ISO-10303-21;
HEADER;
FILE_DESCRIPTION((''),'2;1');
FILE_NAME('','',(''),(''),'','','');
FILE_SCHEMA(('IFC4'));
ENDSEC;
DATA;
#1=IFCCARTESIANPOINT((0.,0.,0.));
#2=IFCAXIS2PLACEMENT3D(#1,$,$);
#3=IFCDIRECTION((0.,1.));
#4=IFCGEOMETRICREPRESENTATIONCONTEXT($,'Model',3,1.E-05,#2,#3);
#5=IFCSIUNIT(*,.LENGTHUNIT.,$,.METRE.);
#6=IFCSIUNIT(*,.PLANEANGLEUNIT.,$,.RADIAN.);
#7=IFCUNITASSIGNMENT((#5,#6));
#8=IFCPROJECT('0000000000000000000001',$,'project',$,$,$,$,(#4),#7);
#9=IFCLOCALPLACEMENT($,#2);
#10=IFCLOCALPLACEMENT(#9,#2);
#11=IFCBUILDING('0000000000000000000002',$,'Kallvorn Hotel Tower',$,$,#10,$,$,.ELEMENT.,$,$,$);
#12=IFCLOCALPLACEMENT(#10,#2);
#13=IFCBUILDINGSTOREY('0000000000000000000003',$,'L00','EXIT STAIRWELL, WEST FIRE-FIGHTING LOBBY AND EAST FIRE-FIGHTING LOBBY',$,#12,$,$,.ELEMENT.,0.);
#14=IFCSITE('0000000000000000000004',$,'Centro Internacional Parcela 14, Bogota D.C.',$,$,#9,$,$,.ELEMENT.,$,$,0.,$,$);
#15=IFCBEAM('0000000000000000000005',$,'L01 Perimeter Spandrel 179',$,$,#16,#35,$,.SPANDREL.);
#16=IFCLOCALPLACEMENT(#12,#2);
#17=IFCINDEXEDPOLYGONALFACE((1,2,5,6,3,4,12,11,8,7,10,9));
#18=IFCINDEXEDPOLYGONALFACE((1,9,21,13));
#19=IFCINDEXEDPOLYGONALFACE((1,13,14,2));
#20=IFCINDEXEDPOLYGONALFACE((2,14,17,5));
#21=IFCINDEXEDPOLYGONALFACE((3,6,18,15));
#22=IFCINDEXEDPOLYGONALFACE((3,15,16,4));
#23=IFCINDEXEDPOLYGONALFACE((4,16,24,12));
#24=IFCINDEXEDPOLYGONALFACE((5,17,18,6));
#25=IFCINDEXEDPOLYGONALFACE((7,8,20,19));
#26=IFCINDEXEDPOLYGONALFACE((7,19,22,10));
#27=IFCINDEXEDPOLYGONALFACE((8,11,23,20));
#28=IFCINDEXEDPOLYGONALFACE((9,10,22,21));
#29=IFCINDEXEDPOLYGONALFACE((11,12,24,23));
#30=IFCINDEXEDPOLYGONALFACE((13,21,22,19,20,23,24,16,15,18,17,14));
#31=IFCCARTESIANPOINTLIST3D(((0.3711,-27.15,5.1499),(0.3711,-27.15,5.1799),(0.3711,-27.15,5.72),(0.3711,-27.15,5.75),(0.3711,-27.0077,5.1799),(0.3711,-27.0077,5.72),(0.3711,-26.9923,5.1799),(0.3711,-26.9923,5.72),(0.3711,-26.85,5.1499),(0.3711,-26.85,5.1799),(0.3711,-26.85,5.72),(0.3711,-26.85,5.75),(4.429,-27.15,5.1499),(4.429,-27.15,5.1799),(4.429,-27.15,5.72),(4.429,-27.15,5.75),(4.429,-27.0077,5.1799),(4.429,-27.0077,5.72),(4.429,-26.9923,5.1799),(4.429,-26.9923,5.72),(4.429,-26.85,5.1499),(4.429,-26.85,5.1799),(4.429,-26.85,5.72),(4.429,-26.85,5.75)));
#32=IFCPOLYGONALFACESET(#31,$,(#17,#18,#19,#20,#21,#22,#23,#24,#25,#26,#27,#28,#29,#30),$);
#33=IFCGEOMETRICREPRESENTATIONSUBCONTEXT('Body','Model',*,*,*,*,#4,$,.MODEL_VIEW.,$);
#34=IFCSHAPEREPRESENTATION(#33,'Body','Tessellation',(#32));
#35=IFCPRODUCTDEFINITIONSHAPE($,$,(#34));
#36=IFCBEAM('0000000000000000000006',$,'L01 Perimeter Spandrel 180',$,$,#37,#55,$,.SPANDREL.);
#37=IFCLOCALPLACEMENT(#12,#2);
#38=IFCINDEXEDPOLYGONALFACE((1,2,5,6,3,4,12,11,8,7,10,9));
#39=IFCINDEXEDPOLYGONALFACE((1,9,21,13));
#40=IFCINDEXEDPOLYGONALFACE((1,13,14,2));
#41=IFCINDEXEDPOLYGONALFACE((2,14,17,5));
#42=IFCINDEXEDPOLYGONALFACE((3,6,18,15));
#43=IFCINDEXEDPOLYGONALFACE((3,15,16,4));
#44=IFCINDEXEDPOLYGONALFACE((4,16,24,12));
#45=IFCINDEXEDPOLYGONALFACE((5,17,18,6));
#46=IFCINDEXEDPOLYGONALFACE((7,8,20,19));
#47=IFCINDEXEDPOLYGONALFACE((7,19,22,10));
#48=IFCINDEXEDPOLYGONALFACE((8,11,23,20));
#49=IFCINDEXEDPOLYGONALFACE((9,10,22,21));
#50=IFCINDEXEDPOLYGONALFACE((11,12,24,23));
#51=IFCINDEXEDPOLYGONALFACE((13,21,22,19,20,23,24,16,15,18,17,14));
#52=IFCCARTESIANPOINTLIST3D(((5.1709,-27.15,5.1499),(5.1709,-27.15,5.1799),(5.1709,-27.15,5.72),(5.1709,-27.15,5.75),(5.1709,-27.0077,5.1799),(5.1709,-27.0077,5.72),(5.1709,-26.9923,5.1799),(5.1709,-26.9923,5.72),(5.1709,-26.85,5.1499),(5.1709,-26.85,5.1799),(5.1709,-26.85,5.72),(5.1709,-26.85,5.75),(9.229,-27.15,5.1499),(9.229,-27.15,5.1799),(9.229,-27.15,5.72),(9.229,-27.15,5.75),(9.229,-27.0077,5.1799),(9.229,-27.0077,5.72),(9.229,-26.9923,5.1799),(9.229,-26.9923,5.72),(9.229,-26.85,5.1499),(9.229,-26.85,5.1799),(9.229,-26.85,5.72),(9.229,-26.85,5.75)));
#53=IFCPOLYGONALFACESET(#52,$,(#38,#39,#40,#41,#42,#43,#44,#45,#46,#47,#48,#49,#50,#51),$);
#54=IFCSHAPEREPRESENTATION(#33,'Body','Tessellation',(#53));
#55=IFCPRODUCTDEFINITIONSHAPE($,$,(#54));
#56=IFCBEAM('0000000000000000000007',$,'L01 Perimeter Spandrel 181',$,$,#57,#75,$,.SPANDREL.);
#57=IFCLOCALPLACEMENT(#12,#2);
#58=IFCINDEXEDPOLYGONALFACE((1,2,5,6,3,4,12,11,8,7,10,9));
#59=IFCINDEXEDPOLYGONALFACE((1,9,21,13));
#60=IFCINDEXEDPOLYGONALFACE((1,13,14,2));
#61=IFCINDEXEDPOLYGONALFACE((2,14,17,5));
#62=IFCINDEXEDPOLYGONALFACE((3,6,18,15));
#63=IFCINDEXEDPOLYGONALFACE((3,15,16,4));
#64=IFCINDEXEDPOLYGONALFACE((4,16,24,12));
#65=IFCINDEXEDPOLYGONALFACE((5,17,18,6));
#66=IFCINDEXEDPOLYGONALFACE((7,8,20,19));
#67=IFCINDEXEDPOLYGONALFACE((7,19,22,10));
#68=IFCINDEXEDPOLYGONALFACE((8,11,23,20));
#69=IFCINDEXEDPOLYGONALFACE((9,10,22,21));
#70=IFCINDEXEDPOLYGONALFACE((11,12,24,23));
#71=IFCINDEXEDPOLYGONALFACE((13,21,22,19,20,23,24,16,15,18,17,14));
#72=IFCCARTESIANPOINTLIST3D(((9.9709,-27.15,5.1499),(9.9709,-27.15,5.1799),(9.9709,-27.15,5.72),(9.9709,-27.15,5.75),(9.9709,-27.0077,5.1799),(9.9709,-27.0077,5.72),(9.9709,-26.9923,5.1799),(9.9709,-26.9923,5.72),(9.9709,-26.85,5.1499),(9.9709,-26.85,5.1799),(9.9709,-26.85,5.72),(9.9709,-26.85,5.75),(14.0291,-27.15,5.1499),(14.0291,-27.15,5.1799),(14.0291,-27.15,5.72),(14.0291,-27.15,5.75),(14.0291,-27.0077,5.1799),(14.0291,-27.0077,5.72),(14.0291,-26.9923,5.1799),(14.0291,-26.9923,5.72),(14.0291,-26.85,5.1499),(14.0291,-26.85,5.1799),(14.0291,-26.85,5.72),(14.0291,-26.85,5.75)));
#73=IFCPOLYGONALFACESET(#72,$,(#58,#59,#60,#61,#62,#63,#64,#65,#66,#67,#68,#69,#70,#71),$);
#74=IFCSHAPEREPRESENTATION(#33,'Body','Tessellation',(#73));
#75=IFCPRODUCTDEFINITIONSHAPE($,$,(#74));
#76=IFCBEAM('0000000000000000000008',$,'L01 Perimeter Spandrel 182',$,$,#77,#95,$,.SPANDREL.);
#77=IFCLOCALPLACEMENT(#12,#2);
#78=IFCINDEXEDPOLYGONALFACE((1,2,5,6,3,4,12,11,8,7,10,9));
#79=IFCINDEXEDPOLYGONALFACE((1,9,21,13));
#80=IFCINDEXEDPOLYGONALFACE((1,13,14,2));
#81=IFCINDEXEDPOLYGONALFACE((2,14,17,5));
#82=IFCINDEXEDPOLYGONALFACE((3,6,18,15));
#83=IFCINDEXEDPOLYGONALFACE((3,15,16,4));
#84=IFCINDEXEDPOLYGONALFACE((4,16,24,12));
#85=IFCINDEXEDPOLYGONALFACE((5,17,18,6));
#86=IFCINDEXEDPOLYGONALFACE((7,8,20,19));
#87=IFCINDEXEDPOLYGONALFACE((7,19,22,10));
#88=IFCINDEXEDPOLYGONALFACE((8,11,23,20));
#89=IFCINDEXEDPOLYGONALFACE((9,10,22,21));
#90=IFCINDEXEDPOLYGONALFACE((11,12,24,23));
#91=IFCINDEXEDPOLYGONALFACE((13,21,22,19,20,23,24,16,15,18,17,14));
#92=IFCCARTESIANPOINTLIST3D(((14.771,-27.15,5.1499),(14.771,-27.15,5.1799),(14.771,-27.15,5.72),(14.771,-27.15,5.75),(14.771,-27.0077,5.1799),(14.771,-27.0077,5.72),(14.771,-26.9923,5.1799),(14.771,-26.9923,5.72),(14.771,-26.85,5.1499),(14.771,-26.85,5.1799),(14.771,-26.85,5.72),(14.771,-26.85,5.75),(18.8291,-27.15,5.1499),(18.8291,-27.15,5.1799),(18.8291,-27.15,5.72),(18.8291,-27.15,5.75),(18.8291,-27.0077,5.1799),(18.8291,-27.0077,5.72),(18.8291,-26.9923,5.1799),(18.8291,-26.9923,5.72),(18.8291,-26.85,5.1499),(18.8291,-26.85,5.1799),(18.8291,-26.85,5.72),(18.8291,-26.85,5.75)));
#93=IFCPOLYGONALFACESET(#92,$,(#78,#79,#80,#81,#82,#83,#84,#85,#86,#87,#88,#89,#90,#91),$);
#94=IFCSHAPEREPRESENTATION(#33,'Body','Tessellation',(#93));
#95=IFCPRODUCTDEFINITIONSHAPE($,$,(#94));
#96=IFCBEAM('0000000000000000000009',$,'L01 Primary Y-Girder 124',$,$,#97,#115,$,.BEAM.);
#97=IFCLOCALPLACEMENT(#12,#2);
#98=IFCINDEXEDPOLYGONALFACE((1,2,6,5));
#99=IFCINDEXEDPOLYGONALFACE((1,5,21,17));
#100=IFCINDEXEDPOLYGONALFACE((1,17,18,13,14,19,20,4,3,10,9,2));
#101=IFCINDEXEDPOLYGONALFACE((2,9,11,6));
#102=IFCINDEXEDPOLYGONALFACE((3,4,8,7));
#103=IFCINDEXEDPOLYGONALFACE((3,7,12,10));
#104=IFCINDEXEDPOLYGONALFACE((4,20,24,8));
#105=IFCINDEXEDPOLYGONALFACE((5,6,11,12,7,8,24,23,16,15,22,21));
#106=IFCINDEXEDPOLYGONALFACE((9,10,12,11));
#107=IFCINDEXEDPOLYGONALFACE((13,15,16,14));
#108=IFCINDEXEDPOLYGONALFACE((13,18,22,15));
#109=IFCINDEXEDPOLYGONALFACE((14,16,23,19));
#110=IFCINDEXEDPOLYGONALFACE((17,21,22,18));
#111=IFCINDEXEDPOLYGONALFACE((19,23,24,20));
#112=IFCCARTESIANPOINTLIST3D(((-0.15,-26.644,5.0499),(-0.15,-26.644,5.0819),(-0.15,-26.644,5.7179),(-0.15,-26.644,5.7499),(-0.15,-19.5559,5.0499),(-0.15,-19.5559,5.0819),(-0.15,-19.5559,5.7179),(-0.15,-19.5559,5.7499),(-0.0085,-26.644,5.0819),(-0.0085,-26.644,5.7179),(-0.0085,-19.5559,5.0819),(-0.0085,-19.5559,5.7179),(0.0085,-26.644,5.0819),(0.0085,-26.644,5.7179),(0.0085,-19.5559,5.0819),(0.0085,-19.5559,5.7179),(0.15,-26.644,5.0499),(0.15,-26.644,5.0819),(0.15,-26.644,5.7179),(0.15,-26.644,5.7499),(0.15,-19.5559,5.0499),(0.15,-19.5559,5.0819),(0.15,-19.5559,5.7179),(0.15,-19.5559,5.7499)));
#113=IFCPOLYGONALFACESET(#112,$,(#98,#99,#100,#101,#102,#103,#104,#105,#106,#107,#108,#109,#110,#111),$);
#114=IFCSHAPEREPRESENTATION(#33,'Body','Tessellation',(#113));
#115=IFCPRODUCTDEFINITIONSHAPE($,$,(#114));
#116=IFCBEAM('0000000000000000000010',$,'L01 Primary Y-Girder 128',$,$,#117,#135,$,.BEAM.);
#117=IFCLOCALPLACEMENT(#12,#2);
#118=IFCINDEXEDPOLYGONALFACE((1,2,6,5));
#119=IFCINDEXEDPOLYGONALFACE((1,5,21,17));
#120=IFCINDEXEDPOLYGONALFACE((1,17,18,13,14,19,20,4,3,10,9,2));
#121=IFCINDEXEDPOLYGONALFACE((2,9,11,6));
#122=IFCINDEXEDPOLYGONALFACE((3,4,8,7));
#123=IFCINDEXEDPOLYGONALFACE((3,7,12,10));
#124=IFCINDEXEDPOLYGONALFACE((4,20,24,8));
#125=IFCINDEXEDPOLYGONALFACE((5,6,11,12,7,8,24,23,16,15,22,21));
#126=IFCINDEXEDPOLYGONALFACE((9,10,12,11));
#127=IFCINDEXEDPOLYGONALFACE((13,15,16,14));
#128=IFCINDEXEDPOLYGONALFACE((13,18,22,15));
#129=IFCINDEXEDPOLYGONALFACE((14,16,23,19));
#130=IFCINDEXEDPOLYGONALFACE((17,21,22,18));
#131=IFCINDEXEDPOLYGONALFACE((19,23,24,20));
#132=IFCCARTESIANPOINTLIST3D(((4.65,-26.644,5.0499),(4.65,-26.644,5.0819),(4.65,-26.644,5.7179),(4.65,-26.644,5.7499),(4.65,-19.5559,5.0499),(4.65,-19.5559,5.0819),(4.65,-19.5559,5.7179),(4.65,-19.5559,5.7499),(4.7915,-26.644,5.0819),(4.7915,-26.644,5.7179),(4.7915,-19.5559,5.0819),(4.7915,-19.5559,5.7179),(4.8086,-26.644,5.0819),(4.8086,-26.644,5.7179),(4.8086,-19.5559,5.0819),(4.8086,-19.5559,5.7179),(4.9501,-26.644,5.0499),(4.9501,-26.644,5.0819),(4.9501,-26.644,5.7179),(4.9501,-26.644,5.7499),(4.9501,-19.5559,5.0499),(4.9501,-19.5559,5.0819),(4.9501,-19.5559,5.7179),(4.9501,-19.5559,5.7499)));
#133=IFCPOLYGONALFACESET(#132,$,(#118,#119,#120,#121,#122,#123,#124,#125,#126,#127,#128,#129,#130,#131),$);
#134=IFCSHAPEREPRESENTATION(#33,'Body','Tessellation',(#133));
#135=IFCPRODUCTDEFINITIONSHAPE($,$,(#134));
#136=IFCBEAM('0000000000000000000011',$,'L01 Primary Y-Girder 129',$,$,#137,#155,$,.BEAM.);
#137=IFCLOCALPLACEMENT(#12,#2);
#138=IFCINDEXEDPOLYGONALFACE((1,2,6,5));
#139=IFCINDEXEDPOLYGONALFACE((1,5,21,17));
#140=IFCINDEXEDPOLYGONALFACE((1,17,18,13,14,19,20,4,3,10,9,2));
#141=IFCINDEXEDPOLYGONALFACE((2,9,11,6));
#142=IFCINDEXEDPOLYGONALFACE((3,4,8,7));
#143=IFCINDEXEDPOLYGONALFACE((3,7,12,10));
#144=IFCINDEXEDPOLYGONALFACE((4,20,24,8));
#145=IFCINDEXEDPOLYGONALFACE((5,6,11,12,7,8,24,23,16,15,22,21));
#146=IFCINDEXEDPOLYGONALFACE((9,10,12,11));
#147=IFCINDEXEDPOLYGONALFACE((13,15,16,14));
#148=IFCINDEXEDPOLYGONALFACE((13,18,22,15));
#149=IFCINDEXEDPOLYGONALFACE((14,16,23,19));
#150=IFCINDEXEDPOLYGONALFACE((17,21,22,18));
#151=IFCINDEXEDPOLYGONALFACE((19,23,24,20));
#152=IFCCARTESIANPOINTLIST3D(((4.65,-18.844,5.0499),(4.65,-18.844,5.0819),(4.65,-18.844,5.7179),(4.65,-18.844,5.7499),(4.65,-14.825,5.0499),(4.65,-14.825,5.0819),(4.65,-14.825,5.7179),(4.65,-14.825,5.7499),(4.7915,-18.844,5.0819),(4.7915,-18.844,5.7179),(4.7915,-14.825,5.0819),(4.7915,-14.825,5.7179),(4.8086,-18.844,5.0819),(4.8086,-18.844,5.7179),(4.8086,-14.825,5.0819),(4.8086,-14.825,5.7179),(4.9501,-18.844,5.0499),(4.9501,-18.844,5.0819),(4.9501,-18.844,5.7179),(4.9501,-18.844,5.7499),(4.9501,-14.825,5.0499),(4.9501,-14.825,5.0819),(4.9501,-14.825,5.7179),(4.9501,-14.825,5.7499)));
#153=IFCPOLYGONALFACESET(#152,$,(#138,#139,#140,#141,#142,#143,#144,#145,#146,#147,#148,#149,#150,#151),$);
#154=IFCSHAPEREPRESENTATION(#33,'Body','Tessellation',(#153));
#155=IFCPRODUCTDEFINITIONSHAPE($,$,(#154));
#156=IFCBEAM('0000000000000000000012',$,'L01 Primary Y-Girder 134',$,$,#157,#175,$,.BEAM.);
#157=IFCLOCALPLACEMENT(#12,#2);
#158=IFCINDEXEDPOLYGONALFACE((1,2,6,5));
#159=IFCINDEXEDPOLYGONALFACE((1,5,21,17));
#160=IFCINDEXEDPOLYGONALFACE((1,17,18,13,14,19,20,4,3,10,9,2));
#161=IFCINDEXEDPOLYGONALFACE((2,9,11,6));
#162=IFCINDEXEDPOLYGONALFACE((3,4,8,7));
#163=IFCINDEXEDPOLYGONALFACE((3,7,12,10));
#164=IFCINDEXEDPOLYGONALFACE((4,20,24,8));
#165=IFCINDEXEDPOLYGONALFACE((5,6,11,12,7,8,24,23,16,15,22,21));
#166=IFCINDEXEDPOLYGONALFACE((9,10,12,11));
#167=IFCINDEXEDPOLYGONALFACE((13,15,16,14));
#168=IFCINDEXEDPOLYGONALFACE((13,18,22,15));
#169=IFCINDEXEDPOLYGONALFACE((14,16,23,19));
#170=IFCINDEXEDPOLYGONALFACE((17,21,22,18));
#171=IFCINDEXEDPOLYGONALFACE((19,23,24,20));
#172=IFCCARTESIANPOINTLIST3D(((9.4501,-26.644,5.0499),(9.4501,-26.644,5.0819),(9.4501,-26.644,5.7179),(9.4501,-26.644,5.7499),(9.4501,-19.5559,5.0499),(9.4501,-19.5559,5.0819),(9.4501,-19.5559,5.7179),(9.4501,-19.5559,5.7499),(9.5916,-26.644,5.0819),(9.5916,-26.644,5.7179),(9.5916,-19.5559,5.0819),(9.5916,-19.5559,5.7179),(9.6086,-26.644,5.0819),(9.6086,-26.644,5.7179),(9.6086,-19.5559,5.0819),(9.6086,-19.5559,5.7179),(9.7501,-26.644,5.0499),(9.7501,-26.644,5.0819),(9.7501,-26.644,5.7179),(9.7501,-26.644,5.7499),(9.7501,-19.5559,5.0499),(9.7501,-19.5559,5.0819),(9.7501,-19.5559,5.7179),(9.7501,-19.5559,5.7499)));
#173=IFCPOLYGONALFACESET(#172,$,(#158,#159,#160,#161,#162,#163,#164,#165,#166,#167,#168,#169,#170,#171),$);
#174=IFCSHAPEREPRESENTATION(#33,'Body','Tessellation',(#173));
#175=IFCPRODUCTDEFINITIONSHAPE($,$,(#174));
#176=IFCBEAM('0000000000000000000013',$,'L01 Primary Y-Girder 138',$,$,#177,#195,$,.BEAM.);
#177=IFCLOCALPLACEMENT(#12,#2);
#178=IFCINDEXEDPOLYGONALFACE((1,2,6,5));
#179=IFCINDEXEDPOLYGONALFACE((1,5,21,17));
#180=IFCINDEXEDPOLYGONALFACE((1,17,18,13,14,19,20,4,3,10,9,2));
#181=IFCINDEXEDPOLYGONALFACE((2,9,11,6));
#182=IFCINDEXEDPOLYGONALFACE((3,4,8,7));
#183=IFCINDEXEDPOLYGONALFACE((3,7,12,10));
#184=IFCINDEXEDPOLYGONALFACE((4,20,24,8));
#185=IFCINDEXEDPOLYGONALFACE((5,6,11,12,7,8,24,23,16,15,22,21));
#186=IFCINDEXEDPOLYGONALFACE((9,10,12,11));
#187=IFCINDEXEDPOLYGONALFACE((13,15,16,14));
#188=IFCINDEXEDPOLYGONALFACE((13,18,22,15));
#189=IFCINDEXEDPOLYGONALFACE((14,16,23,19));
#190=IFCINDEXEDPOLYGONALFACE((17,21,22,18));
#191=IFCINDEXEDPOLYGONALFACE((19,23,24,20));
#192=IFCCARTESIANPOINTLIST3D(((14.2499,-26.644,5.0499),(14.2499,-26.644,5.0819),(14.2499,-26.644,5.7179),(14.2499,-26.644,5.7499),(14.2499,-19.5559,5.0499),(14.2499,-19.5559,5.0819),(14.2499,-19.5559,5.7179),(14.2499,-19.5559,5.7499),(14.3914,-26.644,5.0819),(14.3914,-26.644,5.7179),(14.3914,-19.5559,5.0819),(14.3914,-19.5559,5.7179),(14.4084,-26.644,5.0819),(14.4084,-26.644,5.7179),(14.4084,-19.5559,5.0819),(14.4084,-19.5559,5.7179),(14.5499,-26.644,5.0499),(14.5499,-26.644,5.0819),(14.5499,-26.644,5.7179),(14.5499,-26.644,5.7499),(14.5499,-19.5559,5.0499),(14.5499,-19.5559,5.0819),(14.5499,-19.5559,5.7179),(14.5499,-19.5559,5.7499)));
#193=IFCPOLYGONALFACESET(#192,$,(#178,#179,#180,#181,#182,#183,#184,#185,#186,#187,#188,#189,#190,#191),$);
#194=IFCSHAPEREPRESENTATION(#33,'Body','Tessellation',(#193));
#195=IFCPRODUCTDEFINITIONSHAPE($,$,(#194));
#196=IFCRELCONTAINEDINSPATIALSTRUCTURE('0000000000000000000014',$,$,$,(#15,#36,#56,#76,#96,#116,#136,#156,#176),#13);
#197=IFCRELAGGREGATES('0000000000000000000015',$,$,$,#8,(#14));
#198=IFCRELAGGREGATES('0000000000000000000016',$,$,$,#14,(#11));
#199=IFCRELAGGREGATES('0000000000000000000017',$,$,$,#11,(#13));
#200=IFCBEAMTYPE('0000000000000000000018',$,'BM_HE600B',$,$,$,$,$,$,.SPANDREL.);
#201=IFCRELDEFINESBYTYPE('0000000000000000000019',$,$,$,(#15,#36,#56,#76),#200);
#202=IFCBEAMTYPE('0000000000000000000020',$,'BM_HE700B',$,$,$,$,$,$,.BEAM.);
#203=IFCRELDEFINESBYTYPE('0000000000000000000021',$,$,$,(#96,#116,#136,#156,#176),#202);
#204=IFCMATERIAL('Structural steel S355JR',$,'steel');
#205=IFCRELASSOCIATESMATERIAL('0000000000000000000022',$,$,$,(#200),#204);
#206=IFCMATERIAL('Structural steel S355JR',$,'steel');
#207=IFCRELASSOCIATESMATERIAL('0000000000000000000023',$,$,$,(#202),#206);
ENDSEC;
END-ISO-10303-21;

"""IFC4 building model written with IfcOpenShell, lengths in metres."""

from ifc_helpers import new_model, si_unit, direction, frame, origin, origin_2d, place, context, subcontext, project, spatial, i_section, extrude, material, material_profile, profile_set, type_object, element, save


model = new_model("IFC4")

# Units and contexts
model_context = context("Model", 3, precision=1e-05, world=origin(), true_north=direction((0.0, 1.0)))
body_context = subcontext(model_context, "Body", "Model", "MODEL_VIEW")
ifc_project = project(units=[si_unit("LENGTHUNIT", "METRE"), si_unit("PLANEANGLEUNIT", "RADIAN")], contexts=[model_context])

# Site, building, storey
site_placement = place(None, origin())
site = spatial("IfcSite", under=ifc_project, at=site_placement, Name="Centro Internacional Parcela 14, Bogota D.C.", CompositionType="ELEMENT", RefElevation=0.0)
building_placement = place(site_placement, origin())
building = spatial("IfcBuilding", under=site, at=building_placement, Name="Kallvorn Hotel Tower", CompositionType="ELEMENT")
storey_placement = place(building_placement, origin())
storey = spatial("IfcBuildingStorey", under=building, at=storey_placement, Name="L00", Description="EXIT STAIRWELL, WEST FIRE-FIGHTING LOBBY AND EAST FIRE-FIGHTING LOBBY", CompositionType="ELEMENT", Elevation=0.0)

# Beams
ifc_material_1 = material(Name="Structural steel S355JR", Category="steel")
ifc_material_profile_1 = material_profile(ifc_material_1, i_section(OverallWidth=0.3, OverallDepth=0.6001, WebThickness=0.0154, FlangeThickness=0.03, at=origin_2d()), Name="HE 600 B")
ifc_profile_set_1 = profile_set([ifc_material_profile_1], Name="Structural steel S355JR")
beam_type_1 = type_object("IfcBeamType", Name="BM_HE600B", PredefinedType="SPANDREL", material=ifc_profile_set_1)
beam_1_placement = place(storey_placement, frame((0.3711, -27.0, 5.45), z_axis=(1.0, 0.0, 0.0), x_axis=(0.0, 1.0, 0.0)))
element("IfcBeam", 1, at=beam_1_placement, inside=storey, type_object=beam_type_1, Name="L01 Perimeter Spandrel 179", PredefinedType="SPANDREL", context=body_context, shape_type="SweptSolid", body=[
    extrude(i_section(OverallWidth=0.3, OverallDepth=0.6001, WebThickness=0.0154, FlangeThickness=0.03, at=origin_2d()), origin(), (0.0, 0.0, 1.0), 4.0579),
])
for number, where, z_axis, x_axis, name in (
    (2, (5.1709, -27.0, 5.45), (1.0, 0.0, 0.0), (0.0, 1.0, 0.0), "L01 Perimeter Spandrel 180"),
    (3, (9.9709, -27.0, 5.45), (1.0, 0.0, 0.0), (0.0, 1.0, 0.0), "L01 Perimeter Spandrel 181"),
    (4, (14.771, -27.0, 5.45), (1.0, 0.0, 0.0), (0.0, 1.0, 0.0), "L01 Perimeter Spandrel 182"),
):
    element("IfcBeam", number, at=place(storey_placement, frame(where, z_axis=z_axis, x_axis=x_axis)), inside=storey, type_object=beam_type_1, Name=name, PredefinedType="SPANDREL", context=body_context, shape_type="SweptSolid", body=[
        extrude(i_section(OverallWidth=0.3, OverallDepth=0.6001, WebThickness=0.0154, FlangeThickness=0.03, at=origin_2d()), origin(), (0.0, 0.0, 1.0), 4.0581),
    ])
ifc_material_2 = material(Name="Structural steel S355JR", Category="steel")
ifc_material_profile_2 = material_profile(ifc_material_2, i_section(OverallWidth=0.3, OverallDepth=0.7, WebThickness=0.0171, FlangeThickness=0.032, at=origin_2d()), Name="HE 700 B")
ifc_profile_set_2 = profile_set([ifc_material_profile_2], Name="Structural steel S355JR")
beam_type_2 = type_object("IfcBeamType", Name="BM_HE700B", PredefinedType="BEAM", material=ifc_profile_set_2)
for number, where, z_axis, x_axis, name in (
    (5, (0.0, -26.644, 5.3999), (0.0, 1.0, 0.0), (-1.0, 0.0, 0.0), "L01 Primary Y-Girder 124"),
    (6, (4.8, -26.644, 5.3999), (0.0, 1.0, 0.0), (-1.0, 0.0, 0.0), "L01 Primary Y-Girder 128"),
):
    element("IfcBeam", number, at=place(storey_placement, frame(where, z_axis=z_axis, x_axis=x_axis)), inside=storey, type_object=beam_type_2, Name=name, PredefinedType="BEAM", context=body_context, shape_type="SweptSolid", body=[
        extrude(i_section(OverallWidth=0.3, OverallDepth=0.7, WebThickness=0.0171, FlangeThickness=0.032, at=origin_2d()), origin(), (0.0, 0.0, 1.0), 7.0881),
    ])
beam_2_placement = place(storey_placement, frame((4.8, -18.844, 5.3999), z_axis=(0.0, 1.0, 0.0), x_axis=(-1.0, 0.0, 0.0)))
element("IfcBeam", 7, at=beam_2_placement, inside=storey, type_object=beam_type_2, Name="L01 Primary Y-Girder 129", PredefinedType="BEAM", context=body_context, shape_type="SweptSolid", body=[
    extrude(i_section(OverallWidth=0.3, OverallDepth=0.7, WebThickness=0.0171, FlangeThickness=0.032, at=origin_2d()), origin(), (0.0, 0.0, 1.0), 4.019),
])
for number, where, z_axis, x_axis, name in (
    (8, (9.6001, -26.644, 5.3999), (0.0, 1.0, 0.0), (-1.0, 0.0, 0.0), "L01 Primary Y-Girder 134"),
    (9, (14.3999, -26.644, 5.3999), (0.0, 1.0, 0.0), (-1.0, 0.0, 0.0), "L01 Primary Y-Girder 138"),
):
    element("IfcBeam", number, at=place(storey_placement, frame(where, z_axis=z_axis, x_axis=x_axis)), inside=storey, type_object=beam_type_2, Name=name, PredefinedType="BEAM", context=body_context, shape_type="SweptSolid", body=[
        extrude(i_section(OverallWidth=0.3, OverallDepth=0.7, WebThickness=0.0171, FlangeThickness=0.032, at=origin_2d()), origin(), (0.0, 0.0, 1.0), 7.0881),
    ])

save(model, "model.ifc")
